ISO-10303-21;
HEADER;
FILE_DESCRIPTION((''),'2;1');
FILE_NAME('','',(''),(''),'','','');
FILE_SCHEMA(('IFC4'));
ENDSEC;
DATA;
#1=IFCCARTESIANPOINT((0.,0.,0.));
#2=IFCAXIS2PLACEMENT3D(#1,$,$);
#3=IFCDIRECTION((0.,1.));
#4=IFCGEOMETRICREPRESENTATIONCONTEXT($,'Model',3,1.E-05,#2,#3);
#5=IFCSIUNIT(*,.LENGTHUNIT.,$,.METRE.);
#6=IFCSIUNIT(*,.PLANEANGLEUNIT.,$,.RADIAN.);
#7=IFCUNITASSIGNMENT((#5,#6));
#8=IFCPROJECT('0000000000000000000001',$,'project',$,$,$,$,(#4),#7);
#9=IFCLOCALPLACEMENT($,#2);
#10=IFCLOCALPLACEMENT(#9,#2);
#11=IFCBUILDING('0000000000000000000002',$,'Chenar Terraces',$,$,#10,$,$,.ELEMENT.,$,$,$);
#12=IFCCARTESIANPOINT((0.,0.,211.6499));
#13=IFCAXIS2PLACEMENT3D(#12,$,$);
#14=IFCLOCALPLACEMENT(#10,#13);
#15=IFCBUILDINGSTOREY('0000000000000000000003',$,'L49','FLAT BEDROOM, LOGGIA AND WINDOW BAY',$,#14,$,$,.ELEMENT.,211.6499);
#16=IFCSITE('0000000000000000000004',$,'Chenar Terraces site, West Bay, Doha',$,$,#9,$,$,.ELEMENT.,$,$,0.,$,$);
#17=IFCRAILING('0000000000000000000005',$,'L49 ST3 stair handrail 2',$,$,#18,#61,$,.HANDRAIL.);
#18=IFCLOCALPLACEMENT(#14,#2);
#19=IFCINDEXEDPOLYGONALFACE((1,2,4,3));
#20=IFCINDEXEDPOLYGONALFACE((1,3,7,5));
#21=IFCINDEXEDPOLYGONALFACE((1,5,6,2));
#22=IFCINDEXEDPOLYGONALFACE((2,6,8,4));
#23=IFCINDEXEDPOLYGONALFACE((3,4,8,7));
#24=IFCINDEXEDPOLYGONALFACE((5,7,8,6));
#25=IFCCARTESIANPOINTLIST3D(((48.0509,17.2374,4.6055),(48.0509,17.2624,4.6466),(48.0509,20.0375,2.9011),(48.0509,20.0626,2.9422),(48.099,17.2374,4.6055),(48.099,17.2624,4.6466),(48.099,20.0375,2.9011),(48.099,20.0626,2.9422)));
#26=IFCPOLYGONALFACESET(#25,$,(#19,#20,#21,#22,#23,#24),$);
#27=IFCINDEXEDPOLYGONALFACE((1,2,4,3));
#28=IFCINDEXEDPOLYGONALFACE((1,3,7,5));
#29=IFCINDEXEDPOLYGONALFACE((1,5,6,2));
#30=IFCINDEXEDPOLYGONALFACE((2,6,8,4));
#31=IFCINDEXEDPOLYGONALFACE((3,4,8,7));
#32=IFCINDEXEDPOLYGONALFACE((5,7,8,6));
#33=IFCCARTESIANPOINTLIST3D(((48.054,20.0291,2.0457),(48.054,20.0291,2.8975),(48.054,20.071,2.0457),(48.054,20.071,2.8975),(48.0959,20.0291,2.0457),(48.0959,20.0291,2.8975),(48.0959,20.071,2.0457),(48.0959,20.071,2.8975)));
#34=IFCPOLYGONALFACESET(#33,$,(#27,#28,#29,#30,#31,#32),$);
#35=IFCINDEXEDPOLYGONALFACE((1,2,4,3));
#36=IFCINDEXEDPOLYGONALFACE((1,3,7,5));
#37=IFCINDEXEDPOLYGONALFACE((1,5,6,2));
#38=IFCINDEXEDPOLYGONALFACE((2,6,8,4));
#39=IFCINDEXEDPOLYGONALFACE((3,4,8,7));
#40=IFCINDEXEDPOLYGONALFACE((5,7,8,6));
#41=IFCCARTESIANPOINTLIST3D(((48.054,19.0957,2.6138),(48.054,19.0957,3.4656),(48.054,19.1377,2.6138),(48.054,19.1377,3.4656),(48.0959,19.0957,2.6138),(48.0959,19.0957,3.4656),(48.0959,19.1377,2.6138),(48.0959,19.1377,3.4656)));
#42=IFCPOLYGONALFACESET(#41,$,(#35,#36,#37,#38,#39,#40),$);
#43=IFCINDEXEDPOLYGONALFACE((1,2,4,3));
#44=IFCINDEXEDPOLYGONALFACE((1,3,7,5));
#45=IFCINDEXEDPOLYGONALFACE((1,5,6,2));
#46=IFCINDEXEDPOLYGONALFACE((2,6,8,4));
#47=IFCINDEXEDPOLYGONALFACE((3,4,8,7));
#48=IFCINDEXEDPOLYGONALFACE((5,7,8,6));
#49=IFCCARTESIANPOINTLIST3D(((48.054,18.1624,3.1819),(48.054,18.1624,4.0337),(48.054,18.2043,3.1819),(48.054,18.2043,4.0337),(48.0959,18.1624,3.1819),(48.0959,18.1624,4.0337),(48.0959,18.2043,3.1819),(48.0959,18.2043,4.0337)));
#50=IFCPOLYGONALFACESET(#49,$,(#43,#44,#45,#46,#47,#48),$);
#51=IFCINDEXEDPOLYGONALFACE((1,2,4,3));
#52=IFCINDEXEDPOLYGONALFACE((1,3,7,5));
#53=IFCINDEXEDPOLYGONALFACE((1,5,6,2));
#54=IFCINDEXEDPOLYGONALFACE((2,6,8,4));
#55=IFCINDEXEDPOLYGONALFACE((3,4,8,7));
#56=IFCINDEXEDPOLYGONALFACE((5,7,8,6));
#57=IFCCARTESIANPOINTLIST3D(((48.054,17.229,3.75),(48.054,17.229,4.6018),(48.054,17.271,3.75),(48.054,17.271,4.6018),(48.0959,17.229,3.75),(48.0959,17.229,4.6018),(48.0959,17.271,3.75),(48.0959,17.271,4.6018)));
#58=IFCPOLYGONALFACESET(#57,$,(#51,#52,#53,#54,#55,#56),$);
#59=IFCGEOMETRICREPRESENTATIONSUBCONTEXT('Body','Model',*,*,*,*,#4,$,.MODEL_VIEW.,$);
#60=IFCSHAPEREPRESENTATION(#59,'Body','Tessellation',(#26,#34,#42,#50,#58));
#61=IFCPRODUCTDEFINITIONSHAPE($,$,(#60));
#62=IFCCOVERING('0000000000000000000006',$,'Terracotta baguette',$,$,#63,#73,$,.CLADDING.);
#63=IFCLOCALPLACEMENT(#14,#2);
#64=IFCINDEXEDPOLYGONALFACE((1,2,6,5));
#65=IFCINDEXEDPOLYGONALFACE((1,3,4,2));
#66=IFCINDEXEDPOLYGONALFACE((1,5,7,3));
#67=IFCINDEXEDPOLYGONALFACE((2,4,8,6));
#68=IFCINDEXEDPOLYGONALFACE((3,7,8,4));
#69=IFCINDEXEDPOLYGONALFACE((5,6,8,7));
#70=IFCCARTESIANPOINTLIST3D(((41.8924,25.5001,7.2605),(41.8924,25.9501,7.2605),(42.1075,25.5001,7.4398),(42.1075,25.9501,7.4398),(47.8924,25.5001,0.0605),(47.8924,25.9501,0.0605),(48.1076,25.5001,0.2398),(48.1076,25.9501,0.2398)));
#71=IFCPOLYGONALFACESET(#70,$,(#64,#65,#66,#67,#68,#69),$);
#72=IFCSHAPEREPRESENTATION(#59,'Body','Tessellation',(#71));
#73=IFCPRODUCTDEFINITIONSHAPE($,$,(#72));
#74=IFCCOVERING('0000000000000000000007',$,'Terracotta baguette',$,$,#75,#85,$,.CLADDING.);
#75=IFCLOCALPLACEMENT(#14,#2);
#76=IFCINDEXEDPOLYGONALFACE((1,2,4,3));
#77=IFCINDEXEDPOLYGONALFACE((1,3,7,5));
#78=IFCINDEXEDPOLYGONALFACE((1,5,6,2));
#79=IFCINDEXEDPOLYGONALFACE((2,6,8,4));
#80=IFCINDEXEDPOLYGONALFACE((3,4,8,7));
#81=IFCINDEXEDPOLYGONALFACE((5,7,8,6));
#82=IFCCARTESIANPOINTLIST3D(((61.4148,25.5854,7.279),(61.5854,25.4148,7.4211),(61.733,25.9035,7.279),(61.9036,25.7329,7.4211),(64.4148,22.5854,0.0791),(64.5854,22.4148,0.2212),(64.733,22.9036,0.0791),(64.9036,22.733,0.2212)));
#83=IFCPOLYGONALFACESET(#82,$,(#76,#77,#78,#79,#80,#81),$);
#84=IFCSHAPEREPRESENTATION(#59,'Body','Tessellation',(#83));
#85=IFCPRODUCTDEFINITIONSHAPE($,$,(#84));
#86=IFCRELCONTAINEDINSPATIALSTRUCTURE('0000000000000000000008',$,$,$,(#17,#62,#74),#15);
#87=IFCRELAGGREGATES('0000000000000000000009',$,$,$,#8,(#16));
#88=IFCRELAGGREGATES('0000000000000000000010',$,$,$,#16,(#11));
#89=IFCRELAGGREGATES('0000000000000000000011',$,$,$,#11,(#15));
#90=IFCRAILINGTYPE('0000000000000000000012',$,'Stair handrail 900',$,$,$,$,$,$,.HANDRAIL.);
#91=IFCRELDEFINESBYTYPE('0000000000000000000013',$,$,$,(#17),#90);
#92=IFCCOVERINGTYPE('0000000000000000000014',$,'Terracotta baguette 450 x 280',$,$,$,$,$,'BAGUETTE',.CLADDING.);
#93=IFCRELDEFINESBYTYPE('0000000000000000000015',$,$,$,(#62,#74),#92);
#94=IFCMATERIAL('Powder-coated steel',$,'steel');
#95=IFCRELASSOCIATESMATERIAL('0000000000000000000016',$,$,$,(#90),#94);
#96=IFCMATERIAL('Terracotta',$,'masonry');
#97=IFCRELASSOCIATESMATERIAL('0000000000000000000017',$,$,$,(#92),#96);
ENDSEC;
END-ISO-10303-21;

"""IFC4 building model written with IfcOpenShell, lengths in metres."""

from ifc_helpers import new_model, si_unit, direction, frame, origin, origin_2d, place, context, subcontext, project, spatial, rectangle, extrude, material, material_profile, profile_set, type_object, element, save


model = new_model("IFC4")

# Units and contexts
model_context = context("Model", 3, precision=1e-05, world=origin(), true_north=direction((0.0, 1.0)))
body_context = subcontext(model_context, "Body", "Model", "MODEL_VIEW")
ifc_project = project(units=[si_unit("LENGTHUNIT", "METRE"), si_unit("PLANEANGLEUNIT", "RADIAN")], contexts=[model_context])

# Site, building, storey
site_placement = place(None, origin())
site = spatial("IfcSite", under=ifc_project, at=site_placement, Name="Chenar Terraces site, West Bay, Doha", CompositionType="ELEMENT", RefElevation=0.0)
building_placement = place(site_placement, origin())
building = spatial("IfcBuilding", under=site, at=building_placement, Name="Chenar Terraces", CompositionType="ELEMENT")
storey_placement = place(building_placement, frame((0.0, 0.0, 211.6499)))
storey = spatial("IfcBuildingStorey", under=building, at=storey_placement, Name="L49", Description="FLAT BEDROOM, LOGGIA AND WINDOW BAY", CompositionType="ELEMENT", Elevation=211.6499)

# Railing
ifc_material_1 = material(Name="Powder-coated steel", Category="steel")
railing_type_1 = type_object("IfcRailingType", Name="Stair handrail 900", PredefinedType="HANDRAIL", material=ifc_material_1)
railing_1_placement = place(storey_placement, frame((48.075, 20.05, 2.0457)))
element("IfcRailing", 1, at=railing_1_placement, inside=storey, type_object=railing_type_1, Name="L49 ST3 stair handrail 2", PredefinedType="HANDRAIL", context=body_context, shape_type="SweptSolid", body=[
    extrude(rectangle(XDim=0.0481, YDim=0.0481, at=origin_2d()), frame((0.0, 0.0, 0.876), z_axis=(0.0, -0.854203, 0.51994), x_axis=(1.0, 0.0, 0.0)), (0.0, 0.0, 1.0), 3.2781),
    extrude(rectangle(XDim=0.042, YDim=0.042, at=origin_2d()), origin(), (0.0, 0.0, 1.0), 0.8518),
    extrude(rectangle(XDim=0.042, YDim=0.042, at=origin_2d()), frame((0.0, -0.9333, 0.5681)), (0.0, 0.0, 1.0), 0.8518),
    extrude(rectangle(XDim=0.042, YDim=0.042, at=origin_2d()), frame((0.0, -1.8667, 1.1362)), (0.0, 0.0, 1.0), 0.8518),
    extrude(rectangle(XDim=0.042, YDim=0.042, at=origin_2d()), frame((0.0, -2.8, 1.7043)), (0.0, 0.0, 1.0), 0.8518),
])

# Coverings
ifc_material_2 = material(Name="Terracotta", Category="masonry")
ifc_material_profile_1 = material_profile(ifc_material_2, rectangle(XDim=0.45, YDim=0.28, at=origin_2d()), Name="Terracotta baguette 450 x 280")
ifc_profile_set_1 = profile_set([ifc_material_profile_1], Name="Terracotta")
covering_type = type_object("IfcCoveringType", Name="Terracotta baguette 450 x 280", ElementType="BAGUETTE", PredefinedType="CLADDING", material=ifc_profile_set_1)
covering_1_placement = place(storey_placement, frame((48.0, 25.7251, 0.1501), z_axis=(-0.640187, 0.0, 0.768219), x_axis=(0.0, -1.0, 0.0)))
element("IfcCovering", 2, at=covering_1_placement, inside=storey, type_object=covering_type, Name="Terracotta baguette", PredefinedType="CLADDING", context=body_context, shape_type="SweptSolid", body=[
    extrude(rectangle(XDim=0.45, YDim=0.28, at=origin_2d()), origin(), (0.0, 0.0, 1.0), 9.3723),
])
covering_2_placement = place(storey_placement, frame((64.6592, 22.6592, 0.1501), z_axis=(-0.358981, 0.358981, 0.861548), x_axis=(-0.707107, -0.707107, 0.0)))
element("IfcCovering", 3, at=covering_2_placement, inside=storey, type_object=covering_type, Name="Terracotta baguette", PredefinedType="CLADDING", context=body_context, shape_type="SweptSolid", body=[
    extrude(rectangle(XDim=0.45, YDim=0.28, at=origin_2d()), origin(), (0.0, 0.0, 1.0), 8.3569),
])

save(model, "model.ifc")
